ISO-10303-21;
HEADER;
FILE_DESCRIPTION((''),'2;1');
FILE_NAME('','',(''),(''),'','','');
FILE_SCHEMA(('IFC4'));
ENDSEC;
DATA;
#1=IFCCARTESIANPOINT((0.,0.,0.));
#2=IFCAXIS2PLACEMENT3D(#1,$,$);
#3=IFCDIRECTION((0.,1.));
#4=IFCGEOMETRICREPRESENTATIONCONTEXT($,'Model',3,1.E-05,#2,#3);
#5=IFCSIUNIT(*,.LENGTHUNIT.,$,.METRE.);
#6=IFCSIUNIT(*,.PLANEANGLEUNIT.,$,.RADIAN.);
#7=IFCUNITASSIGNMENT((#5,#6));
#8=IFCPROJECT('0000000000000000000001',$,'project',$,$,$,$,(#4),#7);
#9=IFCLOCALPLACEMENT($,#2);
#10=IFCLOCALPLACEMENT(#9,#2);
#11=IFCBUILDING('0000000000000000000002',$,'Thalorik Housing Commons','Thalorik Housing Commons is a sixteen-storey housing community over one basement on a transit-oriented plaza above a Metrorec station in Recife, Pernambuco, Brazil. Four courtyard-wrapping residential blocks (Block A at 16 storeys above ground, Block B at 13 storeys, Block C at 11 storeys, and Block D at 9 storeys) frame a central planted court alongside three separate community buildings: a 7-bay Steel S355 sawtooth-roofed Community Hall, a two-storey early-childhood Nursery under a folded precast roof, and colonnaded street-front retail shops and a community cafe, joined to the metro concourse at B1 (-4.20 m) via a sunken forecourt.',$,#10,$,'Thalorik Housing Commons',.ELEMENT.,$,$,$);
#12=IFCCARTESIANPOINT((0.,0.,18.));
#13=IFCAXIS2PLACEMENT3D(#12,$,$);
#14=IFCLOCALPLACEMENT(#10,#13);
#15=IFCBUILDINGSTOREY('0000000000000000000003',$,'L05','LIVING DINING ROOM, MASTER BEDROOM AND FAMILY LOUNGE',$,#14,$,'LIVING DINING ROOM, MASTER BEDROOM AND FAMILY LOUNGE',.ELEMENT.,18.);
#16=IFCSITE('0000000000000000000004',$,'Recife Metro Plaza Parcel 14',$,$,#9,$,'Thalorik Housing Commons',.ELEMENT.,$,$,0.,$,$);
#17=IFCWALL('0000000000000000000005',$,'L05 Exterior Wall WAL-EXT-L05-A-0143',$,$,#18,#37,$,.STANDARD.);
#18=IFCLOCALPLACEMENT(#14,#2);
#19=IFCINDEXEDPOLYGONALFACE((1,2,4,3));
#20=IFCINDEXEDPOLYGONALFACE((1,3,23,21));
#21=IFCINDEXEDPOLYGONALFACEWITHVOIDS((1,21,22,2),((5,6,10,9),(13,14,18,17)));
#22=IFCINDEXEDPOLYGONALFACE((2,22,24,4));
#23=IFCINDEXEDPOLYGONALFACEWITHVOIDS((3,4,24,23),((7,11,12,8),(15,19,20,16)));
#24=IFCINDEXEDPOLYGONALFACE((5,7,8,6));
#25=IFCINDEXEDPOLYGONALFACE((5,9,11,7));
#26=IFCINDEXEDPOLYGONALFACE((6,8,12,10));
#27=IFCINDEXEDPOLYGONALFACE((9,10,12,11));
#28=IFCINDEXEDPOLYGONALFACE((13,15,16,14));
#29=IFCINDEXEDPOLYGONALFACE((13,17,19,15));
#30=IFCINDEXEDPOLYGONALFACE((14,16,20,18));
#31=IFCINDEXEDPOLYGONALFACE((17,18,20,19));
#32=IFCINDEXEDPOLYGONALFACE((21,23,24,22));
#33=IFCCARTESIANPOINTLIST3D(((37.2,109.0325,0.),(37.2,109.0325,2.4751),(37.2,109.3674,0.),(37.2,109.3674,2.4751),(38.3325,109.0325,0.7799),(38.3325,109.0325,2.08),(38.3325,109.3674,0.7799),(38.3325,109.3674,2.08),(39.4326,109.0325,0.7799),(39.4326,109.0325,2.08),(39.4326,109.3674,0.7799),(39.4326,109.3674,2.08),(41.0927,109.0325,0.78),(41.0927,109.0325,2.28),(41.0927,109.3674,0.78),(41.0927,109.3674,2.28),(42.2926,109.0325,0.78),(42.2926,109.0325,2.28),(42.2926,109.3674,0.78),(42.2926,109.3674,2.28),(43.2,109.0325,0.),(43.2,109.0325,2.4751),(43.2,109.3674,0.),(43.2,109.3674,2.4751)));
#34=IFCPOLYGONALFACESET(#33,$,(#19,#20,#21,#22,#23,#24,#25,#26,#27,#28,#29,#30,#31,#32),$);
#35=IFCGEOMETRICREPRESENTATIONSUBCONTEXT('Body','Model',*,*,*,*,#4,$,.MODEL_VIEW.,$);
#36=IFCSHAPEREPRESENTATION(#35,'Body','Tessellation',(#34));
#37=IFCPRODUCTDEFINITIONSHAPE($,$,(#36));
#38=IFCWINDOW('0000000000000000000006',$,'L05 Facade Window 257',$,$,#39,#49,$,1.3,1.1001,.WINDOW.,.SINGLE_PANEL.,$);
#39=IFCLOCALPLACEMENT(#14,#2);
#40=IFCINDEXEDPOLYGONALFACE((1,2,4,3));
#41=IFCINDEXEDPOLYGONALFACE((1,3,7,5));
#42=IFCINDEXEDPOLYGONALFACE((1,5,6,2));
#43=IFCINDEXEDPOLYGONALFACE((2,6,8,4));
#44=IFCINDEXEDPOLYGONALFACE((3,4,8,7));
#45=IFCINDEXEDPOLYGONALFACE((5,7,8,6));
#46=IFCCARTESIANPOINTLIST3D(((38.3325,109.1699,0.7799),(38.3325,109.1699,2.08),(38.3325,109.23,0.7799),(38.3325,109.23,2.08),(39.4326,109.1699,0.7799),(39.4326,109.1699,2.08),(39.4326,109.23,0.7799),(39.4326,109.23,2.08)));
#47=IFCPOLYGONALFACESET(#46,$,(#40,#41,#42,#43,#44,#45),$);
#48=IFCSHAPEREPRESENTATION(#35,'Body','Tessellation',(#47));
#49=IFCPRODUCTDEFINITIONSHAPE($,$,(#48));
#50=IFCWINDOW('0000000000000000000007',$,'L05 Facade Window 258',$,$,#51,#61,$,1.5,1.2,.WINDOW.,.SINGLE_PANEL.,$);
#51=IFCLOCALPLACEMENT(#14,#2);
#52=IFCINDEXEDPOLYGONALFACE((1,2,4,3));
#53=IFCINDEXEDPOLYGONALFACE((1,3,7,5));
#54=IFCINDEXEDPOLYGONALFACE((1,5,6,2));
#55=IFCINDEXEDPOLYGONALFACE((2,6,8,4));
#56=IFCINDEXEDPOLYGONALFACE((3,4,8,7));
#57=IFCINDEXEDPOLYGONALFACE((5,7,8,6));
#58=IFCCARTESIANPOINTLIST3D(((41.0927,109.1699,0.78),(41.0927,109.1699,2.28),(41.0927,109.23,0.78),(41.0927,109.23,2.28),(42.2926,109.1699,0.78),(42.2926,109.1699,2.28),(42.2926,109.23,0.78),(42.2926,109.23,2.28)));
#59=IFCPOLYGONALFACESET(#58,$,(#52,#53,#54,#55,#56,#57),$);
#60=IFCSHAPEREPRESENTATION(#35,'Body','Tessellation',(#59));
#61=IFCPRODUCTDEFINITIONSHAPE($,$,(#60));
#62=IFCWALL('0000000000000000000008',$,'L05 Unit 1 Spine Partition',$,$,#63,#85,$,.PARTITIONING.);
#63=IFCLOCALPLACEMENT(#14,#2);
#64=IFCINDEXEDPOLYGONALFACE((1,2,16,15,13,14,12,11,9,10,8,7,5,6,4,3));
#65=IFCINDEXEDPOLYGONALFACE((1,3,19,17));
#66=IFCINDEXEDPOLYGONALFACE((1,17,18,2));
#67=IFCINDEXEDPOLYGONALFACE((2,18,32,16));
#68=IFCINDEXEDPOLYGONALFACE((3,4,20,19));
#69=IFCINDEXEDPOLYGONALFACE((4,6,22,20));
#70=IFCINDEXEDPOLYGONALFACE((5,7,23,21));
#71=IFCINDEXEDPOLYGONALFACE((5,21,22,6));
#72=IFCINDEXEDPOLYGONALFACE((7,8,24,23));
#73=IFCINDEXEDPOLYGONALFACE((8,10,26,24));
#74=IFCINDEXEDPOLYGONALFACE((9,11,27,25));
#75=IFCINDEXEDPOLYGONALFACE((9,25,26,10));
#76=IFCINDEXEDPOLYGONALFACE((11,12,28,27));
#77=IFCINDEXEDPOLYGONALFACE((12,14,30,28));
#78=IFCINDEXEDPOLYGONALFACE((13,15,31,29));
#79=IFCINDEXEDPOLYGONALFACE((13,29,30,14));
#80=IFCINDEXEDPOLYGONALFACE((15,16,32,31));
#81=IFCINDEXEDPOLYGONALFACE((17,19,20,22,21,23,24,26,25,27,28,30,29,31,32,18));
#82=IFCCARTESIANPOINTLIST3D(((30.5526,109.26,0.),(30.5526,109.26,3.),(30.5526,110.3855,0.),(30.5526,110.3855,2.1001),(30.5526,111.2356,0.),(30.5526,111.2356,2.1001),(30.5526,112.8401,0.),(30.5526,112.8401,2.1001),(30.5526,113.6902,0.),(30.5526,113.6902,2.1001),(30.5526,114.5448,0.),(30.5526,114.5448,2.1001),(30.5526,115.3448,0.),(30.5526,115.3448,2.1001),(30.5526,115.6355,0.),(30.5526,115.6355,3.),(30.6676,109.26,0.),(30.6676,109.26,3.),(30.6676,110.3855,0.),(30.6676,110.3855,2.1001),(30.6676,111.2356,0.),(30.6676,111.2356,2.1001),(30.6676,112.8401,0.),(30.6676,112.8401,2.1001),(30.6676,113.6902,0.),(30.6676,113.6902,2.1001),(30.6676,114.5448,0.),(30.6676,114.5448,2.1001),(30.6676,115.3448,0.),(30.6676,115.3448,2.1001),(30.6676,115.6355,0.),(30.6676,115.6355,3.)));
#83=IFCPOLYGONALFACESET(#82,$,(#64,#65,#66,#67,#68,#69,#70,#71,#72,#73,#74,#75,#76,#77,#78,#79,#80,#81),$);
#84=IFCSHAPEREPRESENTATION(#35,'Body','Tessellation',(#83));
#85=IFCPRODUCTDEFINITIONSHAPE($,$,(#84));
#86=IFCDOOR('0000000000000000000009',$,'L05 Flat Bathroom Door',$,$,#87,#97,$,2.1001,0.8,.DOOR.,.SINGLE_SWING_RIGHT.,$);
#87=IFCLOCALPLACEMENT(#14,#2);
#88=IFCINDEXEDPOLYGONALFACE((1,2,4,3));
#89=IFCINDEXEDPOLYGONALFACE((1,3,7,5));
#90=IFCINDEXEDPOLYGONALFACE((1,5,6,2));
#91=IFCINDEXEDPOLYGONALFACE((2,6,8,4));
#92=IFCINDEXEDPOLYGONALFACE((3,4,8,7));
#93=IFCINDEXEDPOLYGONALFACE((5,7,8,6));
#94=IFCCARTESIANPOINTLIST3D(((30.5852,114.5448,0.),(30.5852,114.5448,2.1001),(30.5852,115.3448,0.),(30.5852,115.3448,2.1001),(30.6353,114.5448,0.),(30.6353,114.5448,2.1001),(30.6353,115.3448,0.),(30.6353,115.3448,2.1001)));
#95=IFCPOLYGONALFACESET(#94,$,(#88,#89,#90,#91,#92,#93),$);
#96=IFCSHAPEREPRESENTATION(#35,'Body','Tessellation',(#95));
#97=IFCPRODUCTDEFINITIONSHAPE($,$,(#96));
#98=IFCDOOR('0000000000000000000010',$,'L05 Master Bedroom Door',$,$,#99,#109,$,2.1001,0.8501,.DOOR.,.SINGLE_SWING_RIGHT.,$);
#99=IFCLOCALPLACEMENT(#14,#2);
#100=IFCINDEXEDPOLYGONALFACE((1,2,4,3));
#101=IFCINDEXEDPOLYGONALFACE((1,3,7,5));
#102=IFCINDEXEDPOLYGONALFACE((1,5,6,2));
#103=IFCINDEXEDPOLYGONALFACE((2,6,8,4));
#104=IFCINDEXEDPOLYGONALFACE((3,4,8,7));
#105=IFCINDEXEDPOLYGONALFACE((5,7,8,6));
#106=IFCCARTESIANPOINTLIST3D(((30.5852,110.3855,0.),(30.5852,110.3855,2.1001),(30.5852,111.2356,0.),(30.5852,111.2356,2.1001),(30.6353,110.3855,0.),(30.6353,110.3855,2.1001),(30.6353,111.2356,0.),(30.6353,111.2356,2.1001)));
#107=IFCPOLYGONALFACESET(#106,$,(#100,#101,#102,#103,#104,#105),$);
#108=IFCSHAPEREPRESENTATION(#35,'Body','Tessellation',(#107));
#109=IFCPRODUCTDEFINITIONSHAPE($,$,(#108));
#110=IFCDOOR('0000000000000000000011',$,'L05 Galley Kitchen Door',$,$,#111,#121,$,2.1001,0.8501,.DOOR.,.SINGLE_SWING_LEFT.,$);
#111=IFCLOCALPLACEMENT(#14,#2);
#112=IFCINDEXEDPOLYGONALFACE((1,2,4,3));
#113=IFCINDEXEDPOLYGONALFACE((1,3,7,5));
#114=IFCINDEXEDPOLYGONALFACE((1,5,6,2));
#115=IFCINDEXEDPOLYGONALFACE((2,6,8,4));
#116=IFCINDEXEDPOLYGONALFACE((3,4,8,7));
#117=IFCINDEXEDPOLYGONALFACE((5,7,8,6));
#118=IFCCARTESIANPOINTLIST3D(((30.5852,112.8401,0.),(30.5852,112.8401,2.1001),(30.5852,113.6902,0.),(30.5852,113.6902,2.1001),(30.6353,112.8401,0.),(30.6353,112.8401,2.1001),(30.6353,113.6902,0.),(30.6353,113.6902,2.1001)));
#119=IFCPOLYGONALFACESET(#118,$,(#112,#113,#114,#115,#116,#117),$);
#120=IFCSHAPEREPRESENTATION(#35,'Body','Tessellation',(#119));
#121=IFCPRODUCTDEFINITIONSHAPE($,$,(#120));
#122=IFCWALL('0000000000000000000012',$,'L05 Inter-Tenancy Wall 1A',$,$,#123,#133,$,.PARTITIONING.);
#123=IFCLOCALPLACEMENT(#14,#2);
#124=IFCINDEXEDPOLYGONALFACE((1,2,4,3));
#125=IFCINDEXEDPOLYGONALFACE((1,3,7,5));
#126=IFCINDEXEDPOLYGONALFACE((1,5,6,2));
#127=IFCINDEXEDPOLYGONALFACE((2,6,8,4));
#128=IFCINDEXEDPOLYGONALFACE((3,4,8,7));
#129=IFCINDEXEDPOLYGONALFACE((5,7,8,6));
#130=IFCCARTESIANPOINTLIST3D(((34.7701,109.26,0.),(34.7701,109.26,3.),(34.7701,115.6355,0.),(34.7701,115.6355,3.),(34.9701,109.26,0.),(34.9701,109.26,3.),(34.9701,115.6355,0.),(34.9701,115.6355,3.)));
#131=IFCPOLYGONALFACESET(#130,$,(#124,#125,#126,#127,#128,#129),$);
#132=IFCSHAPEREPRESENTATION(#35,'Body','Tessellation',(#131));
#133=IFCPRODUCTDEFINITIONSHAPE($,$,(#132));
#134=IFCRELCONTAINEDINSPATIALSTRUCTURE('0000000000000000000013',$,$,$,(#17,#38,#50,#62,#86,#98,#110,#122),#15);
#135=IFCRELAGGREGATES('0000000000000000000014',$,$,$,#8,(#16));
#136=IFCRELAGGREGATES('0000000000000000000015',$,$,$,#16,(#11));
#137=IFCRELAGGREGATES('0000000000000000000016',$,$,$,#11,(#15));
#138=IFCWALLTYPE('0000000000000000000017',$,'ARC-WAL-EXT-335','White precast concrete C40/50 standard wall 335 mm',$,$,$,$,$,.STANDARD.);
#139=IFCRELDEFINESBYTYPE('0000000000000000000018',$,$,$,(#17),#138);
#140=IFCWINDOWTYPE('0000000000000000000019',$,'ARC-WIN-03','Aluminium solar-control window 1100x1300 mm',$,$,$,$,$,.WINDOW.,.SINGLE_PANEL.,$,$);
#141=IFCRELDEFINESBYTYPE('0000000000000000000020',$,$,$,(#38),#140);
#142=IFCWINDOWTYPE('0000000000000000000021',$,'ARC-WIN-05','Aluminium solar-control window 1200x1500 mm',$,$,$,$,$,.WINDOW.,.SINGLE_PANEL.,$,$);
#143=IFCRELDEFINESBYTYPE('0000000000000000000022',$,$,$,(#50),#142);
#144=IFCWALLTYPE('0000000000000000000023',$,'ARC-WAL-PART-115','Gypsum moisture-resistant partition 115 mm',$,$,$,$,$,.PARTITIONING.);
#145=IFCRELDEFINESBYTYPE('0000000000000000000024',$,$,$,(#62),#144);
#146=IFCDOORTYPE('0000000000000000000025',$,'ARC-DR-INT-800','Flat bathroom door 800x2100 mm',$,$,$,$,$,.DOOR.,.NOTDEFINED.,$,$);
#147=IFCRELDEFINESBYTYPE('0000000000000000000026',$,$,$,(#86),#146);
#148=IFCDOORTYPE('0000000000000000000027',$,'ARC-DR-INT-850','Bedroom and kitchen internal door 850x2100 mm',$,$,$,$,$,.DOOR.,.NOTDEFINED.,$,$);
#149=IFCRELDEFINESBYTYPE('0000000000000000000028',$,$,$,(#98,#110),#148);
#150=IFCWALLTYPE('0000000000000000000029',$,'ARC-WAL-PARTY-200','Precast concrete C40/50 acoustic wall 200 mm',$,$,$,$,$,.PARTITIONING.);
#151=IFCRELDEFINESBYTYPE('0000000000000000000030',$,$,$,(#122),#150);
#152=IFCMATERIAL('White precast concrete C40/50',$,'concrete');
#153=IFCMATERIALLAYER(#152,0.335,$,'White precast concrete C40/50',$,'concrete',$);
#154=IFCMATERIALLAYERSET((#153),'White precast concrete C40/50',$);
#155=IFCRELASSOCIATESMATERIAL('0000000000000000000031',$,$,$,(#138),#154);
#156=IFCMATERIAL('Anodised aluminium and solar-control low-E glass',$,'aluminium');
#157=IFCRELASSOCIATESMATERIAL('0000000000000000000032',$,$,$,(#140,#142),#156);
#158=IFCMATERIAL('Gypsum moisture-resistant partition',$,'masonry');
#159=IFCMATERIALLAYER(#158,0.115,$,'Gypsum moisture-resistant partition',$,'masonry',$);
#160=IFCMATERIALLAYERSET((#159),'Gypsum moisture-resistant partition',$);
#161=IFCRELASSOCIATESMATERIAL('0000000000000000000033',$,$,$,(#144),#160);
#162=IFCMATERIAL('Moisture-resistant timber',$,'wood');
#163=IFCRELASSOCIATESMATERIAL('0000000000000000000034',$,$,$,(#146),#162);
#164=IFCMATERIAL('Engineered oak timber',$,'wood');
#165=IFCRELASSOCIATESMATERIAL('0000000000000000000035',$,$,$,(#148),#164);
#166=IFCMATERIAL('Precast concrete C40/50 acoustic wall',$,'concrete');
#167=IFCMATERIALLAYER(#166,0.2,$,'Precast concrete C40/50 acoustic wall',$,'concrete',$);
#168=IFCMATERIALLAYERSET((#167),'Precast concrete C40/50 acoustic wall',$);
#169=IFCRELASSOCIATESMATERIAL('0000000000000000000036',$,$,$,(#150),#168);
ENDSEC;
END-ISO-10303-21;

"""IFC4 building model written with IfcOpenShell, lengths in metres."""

from ifc_helpers import new_model, si_unit, direction, frame, frame_2d, origin, place, context, subcontext, project, spatial, rectangle, extrude, material, layer, layer_set, type_object, element, fill, save


model = new_model("IFC4")

# Units and contexts
model_context = context("Model", 3, precision=1e-05, world=origin(), true_north=direction((0.0, 1.0)))
body_context = subcontext(model_context, "Body", "Model", "MODEL_VIEW")
ifc_project = project(units=[si_unit("LENGTHUNIT", "METRE"), si_unit("PLANEANGLEUNIT", "RADIAN")], contexts=[model_context])

# Site, building, storey
site_placement = place(None, origin())
site = spatial("IfcSite", under=ifc_project, at=site_placement, Name="Recife Metro Plaza Parcel 14", LongName="Thalorik Housing Commons", CompositionType="ELEMENT", RefElevation=0.0)
building_placement = place(site_placement, origin())
building = spatial("IfcBuilding", under=site, at=building_placement, Name="Thalorik Housing Commons", Description="Thalorik Housing Commons is a sixteen-storey housing community over one basement on a transit-oriented plaza above a Metrorec station in Recife, Pernambuco, Brazil. Four courtyard-wrapping residential blocks (Block A at 16 storeys above ground, Block B at 13 storeys, Block C at 11 storeys, and Block D at 9 storeys) frame a central planted court alongside three separate community buildings: a 7-bay Steel S355 sawtooth-roofed Community Hall, a two-storey early-childhood Nursery under a folded precast roof, and colonnaded street-front retail shops and a community cafe, joined to the metro concourse at B1 (-4.20 m) via a sunken forecourt.", LongName="Thalorik Housing Commons", CompositionType="ELEMENT")
storey_placement = place(building_placement, frame((0.0, 0.0, 18.0)))
storey = spatial("IfcBuildingStorey", under=building, at=storey_placement, Name="L05", Description="LIVING DINING ROOM, MASTER BEDROOM AND FAMILY LOUNGE", LongName="LIVING DINING ROOM, MASTER BEDROOM AND FAMILY LOUNGE", CompositionType="ELEMENT", Elevation=18.0)

# Shared definitions
ifc_material_1 = material(Name="Anodised aluminium and solar-control low-E glass", Category="aluminium")

# Shared definitions
ifc_material_2 = material(Name="White precast concrete C40/50", Category="concrete")
ifc_layer_1 = layer(ifc_material_2, 0.335, Name="White precast concrete C40/50", Category="concrete")
ifc_layer_set_1 = layer_set([ifc_layer_1], Name="White precast concrete C40/50")
wall_type_1 = type_object("IfcWallType", Name="ARC-WAL-EXT-335", Description="White precast concrete C40/50 standard wall 335 mm", PredefinedType="STANDARD", material=ifc_layer_set_1)

# Wall, openings, windows
wall_1_placement = place(storey_placement, frame((37.2, 109.2, 0.0), z_axis=(0.0, 0.0, 1.0), x_axis=(1.0, 0.0, 0.0)))
wall_1 = element("IfcWall", 1, at=wall_1_placement, inside=storey, type_object=wall_type_1, Name="L05 Exterior Wall WAL-EXT-L05-A-0143", PredefinedType="STANDARD", context=body_context, shape_type="SweptSolid", body=[
    extrude(rectangle(XDim=6.0, YDim=0.335, at=frame_2d((3.0, 0.0))), origin(), (0.0, 0.0, 1.0), 2.4751),
])
opening_1_placement = place(wall_1_placement, frame((1.1326, 0.0, 0.78)))
opening_1 = element("IfcOpeningElement", 2, at=opening_1_placement, cuts=wall_1, PredefinedType="OPENING", context=body_context, shape_type="SweptSolid", body=[
    extrude(rectangle(XDim=1.1001, YDim=1.3, at=frame_2d((0.55, 0.6499))), frame((0.0, 0.1775, 0.0), z_axis=(0.0, -1.0, 0.0), x_axis=(1.0, 0.0, 0.0)), (0.0, 0.0, 1.0), 0.355),
])
opening_2_placement = place(wall_1_placement, frame((3.8926, 0.0, 0.78)))
opening_2 = element("IfcOpeningElement", 3, at=opening_2_placement, cuts=wall_1, PredefinedType="OPENING", context=body_context, shape_type="SweptSolid", body=[
    extrude(rectangle(XDim=1.2, YDim=1.5, at=frame_2d((0.6001, 0.75))), frame((0.0, 0.1775, 0.0), z_axis=(0.0, -1.0, 0.0), x_axis=(1.0, 0.0, 0.0)), (0.0, 0.0, 1.0), 0.355),
])
window_type_1 = type_object("IfcWindowType", Name="ARC-WIN-03", Description="Aluminium solar-control window 1100x1300 mm", PartitioningType="SINGLE_PANEL", PredefinedType="WINDOW", material=ifc_material_1)
window_1_placement = place(opening_1_placement, origin())
window_1 = element("IfcWindow", 4, at=window_1_placement, inside=storey, type_object=window_type_1, Name="L05 Facade Window 257", OverallHeight=1.3, OverallWidth=1.1001, PartitioningType="SINGLE_PANEL", PredefinedType="WINDOW", context=body_context, shape_type="SweptSolid", body=[
    extrude(rectangle(XDim=1.1001, YDim=1.3, at=frame_2d((0.55, 0.6499))), frame((0.0, 0.03, 0.0), z_axis=(0.0, -1.0, 0.0), x_axis=(1.0, 0.0, 0.0)), (0.0, 0.0, 1.0), 0.0601),
])
fill(opening_1, window_1)
window_type_2 = type_object("IfcWindowType", Name="ARC-WIN-05", Description="Aluminium solar-control window 1200x1500 mm", PartitioningType="SINGLE_PANEL", PredefinedType="WINDOW", material=ifc_material_1)
window_2_placement = place(opening_2_placement, origin())
window_2 = element("IfcWindow", 5, at=window_2_placement, inside=storey, type_object=window_type_2, Name="L05 Facade Window 258", OverallHeight=1.5, OverallWidth=1.2, PartitioningType="SINGLE_PANEL", PredefinedType="WINDOW", context=body_context, shape_type="SweptSolid", body=[
    extrude(rectangle(XDim=1.2, YDim=1.5, at=frame_2d((0.6001, 0.75))), frame((0.0, 0.03, 0.0), z_axis=(0.0, -1.0, 0.0), x_axis=(1.0, 0.0, 0.0)), (0.0, 0.0, 1.0), 0.0601),
])
fill(opening_2, window_2)

# Wall, openings, doors
ifc_material_3 = material(Name="Gypsum moisture-resistant partition", Category="masonry")
ifc_layer_2 = layer(ifc_material_3, 0.115, Name="Gypsum moisture-resistant partition", Category="masonry")
ifc_layer_set_2 = layer_set([ifc_layer_2], Name="Gypsum moisture-resistant partition")
wall_type_2 = type_object("IfcWallType", Name="ARC-WAL-PART-115", Description="Gypsum moisture-resistant partition 115 mm", PredefinedType="PARTITIONING", material=ifc_layer_set_2)
wall_2_placement = place(storey_placement, frame((30.6101, 109.26, 0.0), z_axis=(0.0, 0.0, 1.0), x_axis=(0.0, 1.0, 0.0)))
wall_2 = element("IfcWall", 6, at=wall_2_placement, inside=storey, type_object=wall_type_2, Name="L05 Unit 1 Spine Partition", PredefinedType="PARTITIONING", context=body_context, shape_type="SweptSolid", body=[
    extrude(rectangle(XDim=6.3755, YDim=0.115, at=frame_2d((3.1877, 0.0))), origin(), (0.0, 0.0, 1.0), 3.0),
])
opening_3_placement = place(wall_2_placement, frame((1.1255, 0.0, 0.0)))
opening_3 = element("IfcOpeningElement", 7, at=opening_3_placement, cuts=wall_2, PredefinedType="OPENING", context=body_context, shape_type="SweptSolid", body=[
    extrude(rectangle(XDim=0.8501, YDim=2.1001, at=frame_2d((0.425, 1.05))), frame((0.0, 0.0674, 0.0), z_axis=(0.0, -1.0, 0.0), x_axis=(1.0, 0.0, 0.0)), (0.0, 0.0, 1.0), 0.135),
])
opening_4_placement = place(wall_2_placement, frame((3.5801, 0.0, 0.0)))
opening_4 = element("IfcOpeningElement", 8, at=opening_4_placement, cuts=wall_2, PredefinedType="OPENING", context=body_context, shape_type="SweptSolid", body=[
    extrude(rectangle(XDim=0.8501, YDim=2.1001, at=frame_2d((0.425, 1.05))), frame((0.0, 0.0674, 0.0), z_axis=(0.0, -1.0, 0.0), x_axis=(1.0, 0.0, 0.0)), (0.0, 0.0, 1.0), 0.135),
])
opening_5_placement = place(wall_2_placement, frame((5.2849, 0.0, 0.0)))
opening_5 = element("IfcOpeningElement", 9, at=opening_5_placement, cuts=wall_2, PredefinedType="OPENING", context=body_context, shape_type="SweptSolid", body=[
    extrude(rectangle(XDim=0.8, YDim=2.1001, at=frame_2d((0.3999, 1.05))), frame((0.0, 0.0674, 0.0), z_axis=(0.0, -1.0, 0.0), x_axis=(1.0, 0.0, 0.0)), (0.0, 0.0, 1.0), 0.135),
])
ifc_material_4 = material(Name="Moisture-resistant timber", Category="wood")
door_type_1 = type_object("IfcDoorType", Name="ARC-DR-INT-800", Description="Flat bathroom door 800x2100 mm", OperationType="NOTDEFINED", PredefinedType="DOOR", material=ifc_material_4)
door_1_placement = place(opening_5_placement, origin())
door_1 = element("IfcDoor", 10, at=door_1_placement, inside=storey, type_object=door_type_1, Name="L05 Flat Bathroom Door", OperationType="SINGLE_SWING_RIGHT", OverallHeight=2.1001, OverallWidth=0.8, PredefinedType="DOOR", context=body_context, shape_type="SweptSolid", body=[
    extrude(rectangle(XDim=0.8, YDim=2.1001, at=frame_2d((0.3999, 1.05))), frame((0.0, 0.0249, 0.0), z_axis=(0.0, -1.0, 0.0), x_axis=(1.0, 0.0, 0.0)), (0.0, 0.0, 1.0), 0.05),
])
fill(opening_5, door_1)
ifc_material_5 = material(Name="Engineered oak timber", Category="wood")
door_type_2 = type_object("IfcDoorType", Name="ARC-DR-INT-850", Description="Bedroom and kitchen internal door 850x2100 mm", OperationType="NOTDEFINED", PredefinedType="DOOR", material=ifc_material_5)
door_2_placement = place(opening_3_placement, origin())
door_2 = element("IfcDoor", 11, at=door_2_placement, inside=storey, type_object=door_type_2, Name="L05 Master Bedroom Door", OperationType="SINGLE_SWING_RIGHT", OverallHeight=2.1001, OverallWidth=0.8501, PredefinedType="DOOR", context=body_context, shape_type="SweptSolid", body=[
    extrude(rectangle(XDim=0.8501, YDim=2.1001, at=frame_2d((0.425, 1.05))), frame((0.0, 0.0249, 0.0), z_axis=(0.0, -1.0, 0.0), x_axis=(1.0, 0.0, 0.0)), (0.0, 0.0, 1.0), 0.05),
])
fill(opening_3, door_2)
door_3_placement = place(opening_4_placement, origin())
door_3 = element("IfcDoor", 12, at=door_3_placement, inside=storey, type_object=door_type_2, Name="L05 Galley Kitchen Door", OperationType="SINGLE_SWING_LEFT", OverallHeight=2.1001, OverallWidth=0.8501, PredefinedType="DOOR", context=body_context, shape_type="SweptSolid", body=[
    extrude(rectangle(XDim=0.8501, YDim=2.1001, at=frame_2d((0.425, 1.05))), frame((0.0, 0.0249, 0.0), z_axis=(0.0, -1.0, 0.0), x_axis=(1.0, 0.0, 0.0)), (0.0, 0.0, 1.0), 0.05),
])
fill(opening_4, door_3)

# Wall
ifc_material_6 = material(Name="Precast concrete C40/50 acoustic wall", Category="concrete")
ifc_layer_3 = layer(ifc_material_6, 0.2, Name="Precast concrete C40/50 acoustic wall", Category="concrete")
ifc_layer_set_3 = layer_set([ifc_layer_3], Name="Precast concrete C40/50 acoustic wall")
wall_type_3 = type_object("IfcWallType", Name="ARC-WAL-PARTY-200", Description="Precast concrete C40/50 acoustic wall 200 mm", PredefinedType="PARTITIONING", material=ifc_layer_set_3)
wall_3_placement = place(storey_placement, frame((34.8701, 109.26, 0.0), z_axis=(0.0, 0.0, 1.0), x_axis=(0.0, 1.0, 0.0)))
element("IfcWall", 13, at=wall_3_placement, inside=storey, type_object=wall_type_3, Name="L05 Inter-Tenancy Wall 1A", PredefinedType="PARTITIONING", context=body_context, shape_type="SweptSolid", body=[
    extrude(rectangle(XDim=6.3755, YDim=0.2, at=frame_2d((3.1877, 0.0))), origin(), (0.0, 0.0, 1.0), 3.0),
])

save(model, "model.ifc")
